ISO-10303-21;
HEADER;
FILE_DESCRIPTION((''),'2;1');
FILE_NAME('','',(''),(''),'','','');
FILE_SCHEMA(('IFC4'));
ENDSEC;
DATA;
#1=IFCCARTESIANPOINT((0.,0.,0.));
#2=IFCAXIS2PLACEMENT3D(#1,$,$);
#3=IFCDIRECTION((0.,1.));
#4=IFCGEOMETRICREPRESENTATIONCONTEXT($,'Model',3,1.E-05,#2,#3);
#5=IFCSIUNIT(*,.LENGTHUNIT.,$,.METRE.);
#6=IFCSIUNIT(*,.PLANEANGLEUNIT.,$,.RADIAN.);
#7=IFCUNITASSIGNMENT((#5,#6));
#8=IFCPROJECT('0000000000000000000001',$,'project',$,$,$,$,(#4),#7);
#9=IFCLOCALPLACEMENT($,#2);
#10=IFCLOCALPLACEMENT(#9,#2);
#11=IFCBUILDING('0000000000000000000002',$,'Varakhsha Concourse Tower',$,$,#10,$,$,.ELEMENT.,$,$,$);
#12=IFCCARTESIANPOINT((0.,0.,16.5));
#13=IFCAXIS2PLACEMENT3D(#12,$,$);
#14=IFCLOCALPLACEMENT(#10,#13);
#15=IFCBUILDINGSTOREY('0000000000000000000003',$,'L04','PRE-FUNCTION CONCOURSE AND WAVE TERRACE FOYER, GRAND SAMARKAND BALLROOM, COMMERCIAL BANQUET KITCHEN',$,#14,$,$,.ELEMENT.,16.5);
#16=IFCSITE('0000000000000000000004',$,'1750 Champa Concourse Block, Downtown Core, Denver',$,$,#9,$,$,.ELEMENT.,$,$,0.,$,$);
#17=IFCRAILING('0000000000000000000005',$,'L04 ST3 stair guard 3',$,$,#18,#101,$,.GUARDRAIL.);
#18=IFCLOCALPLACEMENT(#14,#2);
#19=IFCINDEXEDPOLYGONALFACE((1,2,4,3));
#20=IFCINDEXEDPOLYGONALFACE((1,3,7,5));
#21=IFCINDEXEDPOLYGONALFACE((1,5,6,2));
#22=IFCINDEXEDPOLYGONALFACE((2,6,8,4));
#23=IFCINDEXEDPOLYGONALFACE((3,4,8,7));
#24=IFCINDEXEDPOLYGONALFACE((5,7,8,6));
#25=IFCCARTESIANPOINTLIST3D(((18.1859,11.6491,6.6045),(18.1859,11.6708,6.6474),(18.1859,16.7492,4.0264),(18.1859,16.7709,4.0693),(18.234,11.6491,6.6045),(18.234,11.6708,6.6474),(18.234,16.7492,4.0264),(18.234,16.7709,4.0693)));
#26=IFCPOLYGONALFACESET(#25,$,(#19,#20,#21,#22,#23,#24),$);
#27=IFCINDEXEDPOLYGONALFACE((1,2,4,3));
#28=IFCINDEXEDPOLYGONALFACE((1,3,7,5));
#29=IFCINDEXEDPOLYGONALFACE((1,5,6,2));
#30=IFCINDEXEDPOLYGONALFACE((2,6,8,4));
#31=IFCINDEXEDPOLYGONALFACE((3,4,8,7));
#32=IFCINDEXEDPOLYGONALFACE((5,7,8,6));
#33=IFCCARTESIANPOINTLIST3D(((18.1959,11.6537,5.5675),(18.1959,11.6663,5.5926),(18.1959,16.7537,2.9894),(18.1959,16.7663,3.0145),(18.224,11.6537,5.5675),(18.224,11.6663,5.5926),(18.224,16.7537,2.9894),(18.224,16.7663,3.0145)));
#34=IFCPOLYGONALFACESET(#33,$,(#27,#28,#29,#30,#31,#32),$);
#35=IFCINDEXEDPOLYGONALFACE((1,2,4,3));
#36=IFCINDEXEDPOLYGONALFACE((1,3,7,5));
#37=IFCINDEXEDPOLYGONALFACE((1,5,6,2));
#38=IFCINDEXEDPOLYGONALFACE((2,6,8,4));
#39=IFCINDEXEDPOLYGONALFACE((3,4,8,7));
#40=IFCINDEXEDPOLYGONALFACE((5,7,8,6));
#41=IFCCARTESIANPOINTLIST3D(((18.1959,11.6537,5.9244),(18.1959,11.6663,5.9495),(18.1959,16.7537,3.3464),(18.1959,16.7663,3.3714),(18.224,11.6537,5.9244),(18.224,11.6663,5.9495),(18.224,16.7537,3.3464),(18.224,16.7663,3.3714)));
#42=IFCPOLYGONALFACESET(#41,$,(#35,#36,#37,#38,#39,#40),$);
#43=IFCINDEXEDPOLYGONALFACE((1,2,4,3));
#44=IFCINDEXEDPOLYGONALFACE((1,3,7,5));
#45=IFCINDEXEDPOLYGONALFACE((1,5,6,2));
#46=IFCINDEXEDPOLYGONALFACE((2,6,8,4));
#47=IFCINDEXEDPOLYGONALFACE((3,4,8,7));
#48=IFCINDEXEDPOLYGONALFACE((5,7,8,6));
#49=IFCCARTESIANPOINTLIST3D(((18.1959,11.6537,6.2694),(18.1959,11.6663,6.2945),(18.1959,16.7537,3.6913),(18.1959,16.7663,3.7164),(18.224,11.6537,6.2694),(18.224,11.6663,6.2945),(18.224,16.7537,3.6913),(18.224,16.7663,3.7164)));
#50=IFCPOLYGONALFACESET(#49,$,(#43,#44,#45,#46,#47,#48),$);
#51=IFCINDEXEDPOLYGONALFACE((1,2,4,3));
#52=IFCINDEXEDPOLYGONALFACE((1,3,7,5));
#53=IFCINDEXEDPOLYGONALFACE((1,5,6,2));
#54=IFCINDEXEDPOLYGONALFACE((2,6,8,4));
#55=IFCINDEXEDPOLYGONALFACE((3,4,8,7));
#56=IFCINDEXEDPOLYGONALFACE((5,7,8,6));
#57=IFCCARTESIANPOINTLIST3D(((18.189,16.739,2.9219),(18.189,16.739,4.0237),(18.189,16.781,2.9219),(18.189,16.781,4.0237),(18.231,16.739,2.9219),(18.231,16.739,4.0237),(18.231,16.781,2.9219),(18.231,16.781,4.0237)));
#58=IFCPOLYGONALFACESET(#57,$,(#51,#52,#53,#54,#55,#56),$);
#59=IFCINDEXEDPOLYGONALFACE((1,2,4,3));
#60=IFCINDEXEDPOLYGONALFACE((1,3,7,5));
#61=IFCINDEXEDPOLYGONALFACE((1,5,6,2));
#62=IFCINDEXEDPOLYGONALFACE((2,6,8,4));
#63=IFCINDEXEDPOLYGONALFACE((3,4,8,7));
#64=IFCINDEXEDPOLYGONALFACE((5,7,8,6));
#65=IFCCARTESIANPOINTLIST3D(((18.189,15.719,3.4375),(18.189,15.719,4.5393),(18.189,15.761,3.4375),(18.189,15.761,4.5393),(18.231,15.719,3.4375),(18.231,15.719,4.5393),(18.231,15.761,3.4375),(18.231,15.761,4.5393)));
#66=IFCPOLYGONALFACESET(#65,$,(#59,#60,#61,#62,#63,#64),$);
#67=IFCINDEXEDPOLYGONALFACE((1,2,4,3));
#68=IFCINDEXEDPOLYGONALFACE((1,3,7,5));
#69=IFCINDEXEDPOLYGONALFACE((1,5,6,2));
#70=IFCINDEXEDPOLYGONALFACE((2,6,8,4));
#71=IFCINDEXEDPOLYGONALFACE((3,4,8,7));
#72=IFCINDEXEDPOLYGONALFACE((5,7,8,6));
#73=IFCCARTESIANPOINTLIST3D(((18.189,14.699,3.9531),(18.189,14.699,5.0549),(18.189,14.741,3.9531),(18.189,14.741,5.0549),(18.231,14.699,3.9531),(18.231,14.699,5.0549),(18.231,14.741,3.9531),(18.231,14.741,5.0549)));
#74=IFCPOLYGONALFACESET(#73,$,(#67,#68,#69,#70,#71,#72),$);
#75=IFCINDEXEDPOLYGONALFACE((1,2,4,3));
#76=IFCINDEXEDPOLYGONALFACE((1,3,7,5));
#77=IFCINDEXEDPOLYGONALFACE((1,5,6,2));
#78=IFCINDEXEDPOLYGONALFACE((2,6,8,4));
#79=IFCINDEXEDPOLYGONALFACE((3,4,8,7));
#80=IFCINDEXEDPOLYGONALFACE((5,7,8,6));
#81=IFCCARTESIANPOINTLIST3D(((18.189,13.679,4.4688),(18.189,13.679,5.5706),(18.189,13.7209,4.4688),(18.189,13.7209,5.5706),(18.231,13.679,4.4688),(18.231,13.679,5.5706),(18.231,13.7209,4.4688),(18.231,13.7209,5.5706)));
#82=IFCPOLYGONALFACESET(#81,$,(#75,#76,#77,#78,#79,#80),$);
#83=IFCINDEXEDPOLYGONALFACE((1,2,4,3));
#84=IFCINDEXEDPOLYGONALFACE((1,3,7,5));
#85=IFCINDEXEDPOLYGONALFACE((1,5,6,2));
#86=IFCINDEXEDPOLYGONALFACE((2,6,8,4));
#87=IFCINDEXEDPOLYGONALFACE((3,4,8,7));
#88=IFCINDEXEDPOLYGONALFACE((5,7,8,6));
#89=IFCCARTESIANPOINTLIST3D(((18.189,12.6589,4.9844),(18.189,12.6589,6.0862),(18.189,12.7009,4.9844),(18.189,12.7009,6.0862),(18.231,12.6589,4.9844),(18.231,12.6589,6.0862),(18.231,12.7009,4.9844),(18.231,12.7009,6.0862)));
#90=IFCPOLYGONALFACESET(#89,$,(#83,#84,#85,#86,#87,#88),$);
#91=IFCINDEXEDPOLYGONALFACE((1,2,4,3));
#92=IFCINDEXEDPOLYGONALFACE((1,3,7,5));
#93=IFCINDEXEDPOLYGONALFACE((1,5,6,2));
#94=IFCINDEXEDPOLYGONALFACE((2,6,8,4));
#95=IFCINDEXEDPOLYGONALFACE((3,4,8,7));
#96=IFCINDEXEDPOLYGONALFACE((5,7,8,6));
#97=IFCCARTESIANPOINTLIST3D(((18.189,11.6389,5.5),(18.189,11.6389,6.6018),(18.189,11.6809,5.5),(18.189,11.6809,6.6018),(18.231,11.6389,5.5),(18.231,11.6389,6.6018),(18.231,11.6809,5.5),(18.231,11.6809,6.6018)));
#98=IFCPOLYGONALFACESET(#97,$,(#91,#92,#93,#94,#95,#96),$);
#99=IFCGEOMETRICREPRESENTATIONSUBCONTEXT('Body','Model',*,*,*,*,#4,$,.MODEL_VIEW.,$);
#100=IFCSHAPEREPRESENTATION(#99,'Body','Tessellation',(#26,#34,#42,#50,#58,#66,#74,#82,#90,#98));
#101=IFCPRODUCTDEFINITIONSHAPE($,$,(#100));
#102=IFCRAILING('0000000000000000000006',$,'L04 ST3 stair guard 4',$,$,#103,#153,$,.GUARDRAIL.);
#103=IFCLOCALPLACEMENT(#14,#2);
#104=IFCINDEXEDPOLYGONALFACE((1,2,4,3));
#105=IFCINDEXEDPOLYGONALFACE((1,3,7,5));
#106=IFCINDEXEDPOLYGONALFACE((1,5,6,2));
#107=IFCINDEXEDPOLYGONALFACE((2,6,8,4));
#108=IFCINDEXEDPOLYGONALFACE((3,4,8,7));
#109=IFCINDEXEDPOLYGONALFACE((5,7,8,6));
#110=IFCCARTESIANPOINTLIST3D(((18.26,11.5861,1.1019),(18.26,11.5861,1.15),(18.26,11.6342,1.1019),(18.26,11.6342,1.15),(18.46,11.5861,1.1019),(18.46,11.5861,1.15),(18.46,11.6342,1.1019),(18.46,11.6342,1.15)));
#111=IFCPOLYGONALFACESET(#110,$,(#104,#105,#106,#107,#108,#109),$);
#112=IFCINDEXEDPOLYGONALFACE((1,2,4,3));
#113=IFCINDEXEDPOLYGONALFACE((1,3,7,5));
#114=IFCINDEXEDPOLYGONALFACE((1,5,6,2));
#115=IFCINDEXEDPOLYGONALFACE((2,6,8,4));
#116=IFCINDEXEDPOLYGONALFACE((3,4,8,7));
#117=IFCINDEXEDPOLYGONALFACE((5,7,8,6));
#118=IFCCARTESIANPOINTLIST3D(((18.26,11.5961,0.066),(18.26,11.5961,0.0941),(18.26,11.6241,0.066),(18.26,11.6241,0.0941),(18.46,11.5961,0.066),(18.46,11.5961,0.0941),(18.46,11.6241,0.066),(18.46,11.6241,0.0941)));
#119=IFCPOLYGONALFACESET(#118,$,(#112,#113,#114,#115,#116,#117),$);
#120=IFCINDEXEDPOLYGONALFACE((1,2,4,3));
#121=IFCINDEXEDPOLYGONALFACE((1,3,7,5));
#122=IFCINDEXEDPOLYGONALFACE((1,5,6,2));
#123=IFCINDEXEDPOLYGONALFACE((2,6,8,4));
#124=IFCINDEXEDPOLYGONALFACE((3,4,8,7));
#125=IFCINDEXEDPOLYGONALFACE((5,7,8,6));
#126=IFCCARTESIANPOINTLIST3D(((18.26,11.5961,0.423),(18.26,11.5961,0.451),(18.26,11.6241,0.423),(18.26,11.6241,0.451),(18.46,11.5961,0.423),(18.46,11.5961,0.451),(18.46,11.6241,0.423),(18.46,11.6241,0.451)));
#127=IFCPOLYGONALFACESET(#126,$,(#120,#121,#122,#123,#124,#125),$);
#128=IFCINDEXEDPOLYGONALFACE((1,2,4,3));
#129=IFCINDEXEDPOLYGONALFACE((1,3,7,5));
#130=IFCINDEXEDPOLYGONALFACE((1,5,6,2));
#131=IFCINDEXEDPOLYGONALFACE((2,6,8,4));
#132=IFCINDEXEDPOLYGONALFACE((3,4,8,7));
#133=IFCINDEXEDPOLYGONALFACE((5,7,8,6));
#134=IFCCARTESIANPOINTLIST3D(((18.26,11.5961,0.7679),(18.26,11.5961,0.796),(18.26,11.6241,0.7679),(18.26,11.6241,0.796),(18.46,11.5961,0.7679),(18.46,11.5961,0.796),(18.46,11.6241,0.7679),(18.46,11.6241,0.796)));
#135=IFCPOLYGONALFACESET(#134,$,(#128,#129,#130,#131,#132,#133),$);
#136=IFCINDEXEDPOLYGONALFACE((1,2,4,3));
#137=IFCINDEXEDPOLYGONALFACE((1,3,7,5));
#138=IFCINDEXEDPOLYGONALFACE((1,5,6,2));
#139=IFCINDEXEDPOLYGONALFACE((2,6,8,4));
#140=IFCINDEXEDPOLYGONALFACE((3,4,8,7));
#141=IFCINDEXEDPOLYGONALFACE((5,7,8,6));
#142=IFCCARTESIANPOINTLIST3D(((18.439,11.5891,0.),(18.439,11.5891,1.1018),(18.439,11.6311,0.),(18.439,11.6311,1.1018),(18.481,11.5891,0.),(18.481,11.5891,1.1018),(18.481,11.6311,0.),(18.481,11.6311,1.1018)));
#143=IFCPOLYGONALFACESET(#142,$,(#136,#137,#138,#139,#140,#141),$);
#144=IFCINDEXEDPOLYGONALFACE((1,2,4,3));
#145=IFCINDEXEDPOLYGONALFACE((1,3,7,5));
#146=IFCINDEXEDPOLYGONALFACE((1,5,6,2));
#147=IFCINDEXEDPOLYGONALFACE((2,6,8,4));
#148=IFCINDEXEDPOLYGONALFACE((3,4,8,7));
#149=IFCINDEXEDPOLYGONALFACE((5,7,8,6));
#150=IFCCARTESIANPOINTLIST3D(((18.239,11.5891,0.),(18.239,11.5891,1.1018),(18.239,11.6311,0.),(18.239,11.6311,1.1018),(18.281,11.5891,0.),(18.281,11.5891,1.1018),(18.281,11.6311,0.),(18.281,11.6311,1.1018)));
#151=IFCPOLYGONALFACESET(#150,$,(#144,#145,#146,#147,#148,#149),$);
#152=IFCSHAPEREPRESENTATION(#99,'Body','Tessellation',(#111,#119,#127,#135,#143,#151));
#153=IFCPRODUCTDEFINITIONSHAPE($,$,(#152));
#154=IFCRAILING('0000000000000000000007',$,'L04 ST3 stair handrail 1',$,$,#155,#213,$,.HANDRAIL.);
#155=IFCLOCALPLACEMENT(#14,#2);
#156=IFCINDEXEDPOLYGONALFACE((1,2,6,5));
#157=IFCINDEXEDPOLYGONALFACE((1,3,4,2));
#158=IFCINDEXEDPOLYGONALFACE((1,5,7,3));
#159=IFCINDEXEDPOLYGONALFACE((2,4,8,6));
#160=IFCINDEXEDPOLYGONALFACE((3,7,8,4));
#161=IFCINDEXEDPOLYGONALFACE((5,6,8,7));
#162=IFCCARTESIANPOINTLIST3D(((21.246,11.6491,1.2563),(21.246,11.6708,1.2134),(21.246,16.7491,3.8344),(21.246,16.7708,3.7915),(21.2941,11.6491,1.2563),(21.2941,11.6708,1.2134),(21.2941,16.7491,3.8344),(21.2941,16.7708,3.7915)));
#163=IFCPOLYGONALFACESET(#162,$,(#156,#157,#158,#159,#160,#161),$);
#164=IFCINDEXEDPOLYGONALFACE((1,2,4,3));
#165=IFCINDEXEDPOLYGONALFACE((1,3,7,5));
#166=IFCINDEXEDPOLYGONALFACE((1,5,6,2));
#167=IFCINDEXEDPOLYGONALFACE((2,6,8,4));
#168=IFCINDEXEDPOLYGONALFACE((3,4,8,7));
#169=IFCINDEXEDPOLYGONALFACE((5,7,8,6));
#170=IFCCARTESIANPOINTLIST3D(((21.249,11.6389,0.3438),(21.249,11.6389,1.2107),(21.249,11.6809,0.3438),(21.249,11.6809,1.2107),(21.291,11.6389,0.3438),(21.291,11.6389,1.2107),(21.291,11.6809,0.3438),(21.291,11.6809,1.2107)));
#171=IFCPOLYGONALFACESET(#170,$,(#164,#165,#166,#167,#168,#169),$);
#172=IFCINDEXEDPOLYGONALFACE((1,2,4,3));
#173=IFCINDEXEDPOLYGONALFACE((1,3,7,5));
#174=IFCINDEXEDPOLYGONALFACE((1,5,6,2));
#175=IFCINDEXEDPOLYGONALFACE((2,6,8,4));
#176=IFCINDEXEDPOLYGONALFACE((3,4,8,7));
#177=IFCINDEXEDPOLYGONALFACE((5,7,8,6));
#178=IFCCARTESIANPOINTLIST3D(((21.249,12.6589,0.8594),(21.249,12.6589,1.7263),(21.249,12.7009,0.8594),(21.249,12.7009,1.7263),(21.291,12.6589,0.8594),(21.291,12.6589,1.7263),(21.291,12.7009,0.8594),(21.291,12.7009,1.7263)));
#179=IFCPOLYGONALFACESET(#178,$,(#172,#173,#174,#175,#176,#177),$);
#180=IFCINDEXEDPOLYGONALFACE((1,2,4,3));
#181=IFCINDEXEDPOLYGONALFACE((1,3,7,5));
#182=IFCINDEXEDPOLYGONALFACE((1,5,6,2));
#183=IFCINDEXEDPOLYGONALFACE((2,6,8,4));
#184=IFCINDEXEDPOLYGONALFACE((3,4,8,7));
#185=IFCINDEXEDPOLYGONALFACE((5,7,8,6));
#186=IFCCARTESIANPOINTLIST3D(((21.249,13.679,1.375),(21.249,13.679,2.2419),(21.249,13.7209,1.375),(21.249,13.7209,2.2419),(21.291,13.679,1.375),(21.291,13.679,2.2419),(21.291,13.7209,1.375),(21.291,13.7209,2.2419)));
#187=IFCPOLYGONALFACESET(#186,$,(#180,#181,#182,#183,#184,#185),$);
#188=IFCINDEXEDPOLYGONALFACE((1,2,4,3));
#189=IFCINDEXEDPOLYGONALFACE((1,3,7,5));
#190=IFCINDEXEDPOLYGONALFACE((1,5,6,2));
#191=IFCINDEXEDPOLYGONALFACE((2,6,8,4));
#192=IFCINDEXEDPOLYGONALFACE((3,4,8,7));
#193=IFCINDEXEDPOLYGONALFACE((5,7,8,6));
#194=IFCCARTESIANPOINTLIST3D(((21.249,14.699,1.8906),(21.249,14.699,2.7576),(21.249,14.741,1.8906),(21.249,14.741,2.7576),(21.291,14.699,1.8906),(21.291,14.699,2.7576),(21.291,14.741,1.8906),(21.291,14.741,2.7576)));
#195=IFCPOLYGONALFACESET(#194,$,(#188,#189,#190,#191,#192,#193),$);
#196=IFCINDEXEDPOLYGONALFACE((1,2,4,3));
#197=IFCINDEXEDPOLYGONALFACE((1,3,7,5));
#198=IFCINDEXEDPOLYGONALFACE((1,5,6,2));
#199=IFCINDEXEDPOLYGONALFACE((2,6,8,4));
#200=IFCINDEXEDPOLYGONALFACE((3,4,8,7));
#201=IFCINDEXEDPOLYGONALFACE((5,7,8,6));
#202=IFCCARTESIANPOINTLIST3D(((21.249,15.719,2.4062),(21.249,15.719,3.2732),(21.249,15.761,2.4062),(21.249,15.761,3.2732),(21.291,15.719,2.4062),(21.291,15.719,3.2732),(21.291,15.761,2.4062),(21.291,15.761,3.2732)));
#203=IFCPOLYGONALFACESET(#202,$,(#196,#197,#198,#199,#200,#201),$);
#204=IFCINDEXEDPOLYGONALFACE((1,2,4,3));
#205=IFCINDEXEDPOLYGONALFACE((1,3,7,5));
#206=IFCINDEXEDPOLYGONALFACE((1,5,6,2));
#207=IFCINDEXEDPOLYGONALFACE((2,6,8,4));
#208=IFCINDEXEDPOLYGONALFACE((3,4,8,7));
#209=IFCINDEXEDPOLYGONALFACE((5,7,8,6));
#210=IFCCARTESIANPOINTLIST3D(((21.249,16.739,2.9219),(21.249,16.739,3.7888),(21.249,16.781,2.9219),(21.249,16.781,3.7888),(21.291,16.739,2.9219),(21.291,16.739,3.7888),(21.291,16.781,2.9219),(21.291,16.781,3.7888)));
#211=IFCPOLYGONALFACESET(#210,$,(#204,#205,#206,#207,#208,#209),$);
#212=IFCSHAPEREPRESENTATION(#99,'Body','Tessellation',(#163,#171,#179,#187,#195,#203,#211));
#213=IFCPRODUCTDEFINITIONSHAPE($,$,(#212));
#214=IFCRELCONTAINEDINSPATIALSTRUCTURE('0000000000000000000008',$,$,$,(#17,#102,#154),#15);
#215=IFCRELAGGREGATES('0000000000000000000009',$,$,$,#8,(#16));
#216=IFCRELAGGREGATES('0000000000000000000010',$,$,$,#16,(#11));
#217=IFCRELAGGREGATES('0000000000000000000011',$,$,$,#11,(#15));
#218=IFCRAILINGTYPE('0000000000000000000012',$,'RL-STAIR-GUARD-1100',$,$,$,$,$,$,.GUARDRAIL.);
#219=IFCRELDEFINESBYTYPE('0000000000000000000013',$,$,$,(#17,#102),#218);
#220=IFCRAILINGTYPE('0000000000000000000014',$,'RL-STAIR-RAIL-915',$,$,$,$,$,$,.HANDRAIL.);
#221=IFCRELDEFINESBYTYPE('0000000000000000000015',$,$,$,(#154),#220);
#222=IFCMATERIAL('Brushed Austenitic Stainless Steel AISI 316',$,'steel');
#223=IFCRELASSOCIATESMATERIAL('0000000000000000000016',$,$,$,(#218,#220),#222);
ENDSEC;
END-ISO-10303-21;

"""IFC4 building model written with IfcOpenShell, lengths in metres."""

from ifc_helpers import new_model, si_unit, direction, frame, origin, origin_2d, place, context, subcontext, project, spatial, rectangle, extrude, material, type_object, element, save


model = new_model("IFC4")

# Units and contexts
model_context = context("Model", 3, precision=1e-05, world=origin(), true_north=direction((0.0, 1.0)))
body_context = subcontext(model_context, "Body", "Model", "MODEL_VIEW")
ifc_project = project(units=[si_unit("LENGTHUNIT", "METRE"), si_unit("PLANEANGLEUNIT", "RADIAN")], contexts=[model_context])

# Site, building, storey
site_placement = place(None, origin())
site = spatial("IfcSite", under=ifc_project, at=site_placement, Name="1750 Champa Concourse Block, Downtown Core, Denver", CompositionType="ELEMENT", RefElevation=0.0)
building_placement = place(site_placement, origin())
building = spatial("IfcBuilding", under=site, at=building_placement, Name="Varakhsha Concourse Tower", CompositionType="ELEMENT")
storey_placement = place(building_placement, frame((0.0, 0.0, 16.5)))
storey = spatial("IfcBuildingStorey", under=building, at=storey_placement, Name="L04", Description="PRE-FUNCTION CONCOURSE AND WAVE TERRACE FOYER, GRAND SAMARKAND BALLROOM, COMMERCIAL BANQUET KITCHEN", CompositionType="ELEMENT", Elevation=16.5)

# Railings
ifc_material_1 = material(Name="Brushed Austenitic Stainless Steel AISI 316", Category="steel")
railing_type_1 = type_object("IfcRailingType", Name="RL-STAIR-GUARD-1100", PredefinedType="GUARDRAIL", material=ifc_material_1)
railing_1_placement = place(storey_placement, frame((18.21, 16.76, 2.9219)))
element("IfcRailing", 1, at=railing_1_placement, inside=storey, type_object=railing_type_1, Name="L04 ST3 stair guard 3", PredefinedType="GUARDRAIL", context=body_context, shape_type="SweptSolid", body=[
    extrude(rectangle(XDim=0.0481, YDim=0.0481, at=origin_2d()), frame((0.0, 0.0, 1.126), z_axis=(0.0, -0.892453, 0.45114), x_axis=(1.0, 0.0, 0.0)), (0.0, 0.0, 1.0), 5.7146),
    extrude(rectangle(XDim=0.0281, YDim=0.0281, at=origin_2d()), frame((0.0, 0.0, 0.0801), z_axis=(0.0, -0.892453, 0.45114), x_axis=(1.0, 0.0, 0.0)), (0.0, 0.0, 1.0), 5.7146),
    extrude(rectangle(XDim=0.0281, YDim=0.0281, at=origin_2d()), frame((0.0, 0.0, 0.437), z_axis=(0.0, -0.892453, 0.45114), x_axis=(1.0, 0.0, 0.0)), (0.0, 0.0, 1.0), 5.7146),
    extrude(rectangle(XDim=0.0281, YDim=0.0281, at=origin_2d()), frame((0.0, 0.0, 0.782), z_axis=(0.0, -0.892453, 0.45114), x_axis=(1.0, 0.0, 0.0)), (0.0, 0.0, 1.0), 5.7146),
    extrude(rectangle(XDim=0.042, YDim=0.042, at=origin_2d()), origin(), (0.0, 0.0, 1.0), 1.1018),
    extrude(rectangle(XDim=0.042, YDim=0.042, at=origin_2d()), frame((0.0, -1.02, 0.5156)), (0.0, 0.0, 1.0), 1.1018),
    extrude(rectangle(XDim=0.042, YDim=0.042, at=origin_2d()), frame((0.0, -2.04, 1.0312)), (0.0, 0.0, 1.0), 1.1018),
    extrude(rectangle(XDim=0.042, YDim=0.042, at=origin_2d()), frame((0.0, -3.0601, 1.5469)), (0.0, 0.0, 1.0), 1.1018),
    extrude(rectangle(XDim=0.042, YDim=0.042, at=origin_2d()), frame((0.0, -4.0801, 2.0625)), (0.0, 0.0, 1.0), 1.1018),
    extrude(rectangle(XDim=0.042, YDim=0.042, at=origin_2d()), frame((0.0, -5.1001, 2.5781)), (0.0, 0.0, 1.0), 1.1018),
])
railing_2_placement = place(storey_placement, frame((18.46, 11.6101, 0.0)))
element("IfcRailing", 2, at=railing_2_placement, inside=storey, type_object=railing_type_1, Name="L04 ST3 stair guard 4", PredefinedType="GUARDRAIL", context=body_context, shape_type="SweptSolid", body=[
    extrude(rectangle(XDim=0.0481, YDim=0.0481, at=origin_2d()), frame((0.0, 0.0, 1.126), z_axis=(-1.0, 0.0, 0.0), x_axis=(0.0, -1.0, 0.0)), (0.0, 0.0, 1.0), 0.2),
    extrude(rectangle(XDim=0.0281, YDim=0.0281, at=origin_2d()), frame((0.0, 0.0, 0.0801), z_axis=(-1.0, 0.0, 0.0), x_axis=(0.0, -1.0, 0.0)), (0.0, 0.0, 1.0), 0.2),
    extrude(rectangle(XDim=0.0281, YDim=0.0281, at=origin_2d()), frame((0.0, 0.0, 0.437), z_axis=(-1.0, 0.0, 0.0), x_axis=(0.0, -1.0, 0.0)), (0.0, 0.0, 1.0), 0.2),
    extrude(rectangle(XDim=0.0281, YDim=0.0281, at=origin_2d()), frame((0.0, 0.0, 0.782), z_axis=(-1.0, 0.0, 0.0), x_axis=(0.0, -1.0, 0.0)), (0.0, 0.0, 1.0), 0.2),
    extrude(rectangle(XDim=0.042, YDim=0.042, at=origin_2d()), origin(), (0.0, 0.0, 1.0), 1.1018),
    extrude(rectangle(XDim=0.042, YDim=0.042, at=origin_2d()), frame((-0.2, 0.0, 0.0)), (0.0, 0.0, 1.0), 1.1018),
])
railing_type_2 = type_object("IfcRailingType", Name="RL-STAIR-RAIL-915", PredefinedType="HANDRAIL", material=ifc_material_1)
railing_3_placement = place(storey_placement, frame((21.27, 11.6599, 0.3438)))
element("IfcRailing", 3, at=railing_3_placement, inside=storey, type_object=railing_type_2, Name="L04 ST3 stair handrail 1", PredefinedType="HANDRAIL", context=body_context, shape_type="SweptSolid", body=[
    extrude(rectangle(XDim=0.0481, YDim=0.0481, at=origin_2d()), frame((0.0, 0.0, 0.8911), z_axis=(0.0, 0.892453, 0.45114), x_axis=(-1.0, 0.0, 0.0)), (0.0, 0.0, 1.0), 5.7146),
    extrude(rectangle(XDim=0.042, YDim=0.042, at=origin_2d()), origin(), (0.0, 0.0, 1.0), 0.8669),
    extrude(rectangle(XDim=0.042, YDim=0.042, at=origin_2d()), frame((0.0, 1.02, 0.5156)), (0.0, 0.0, 1.0), 0.8669),
    extrude(rectangle(XDim=0.042, YDim=0.042, at=origin_2d()), frame((0.0, 2.04, 1.0312)), (0.0, 0.0, 1.0), 0.8669),
    extrude(rectangle(XDim=0.042, YDim=0.042, at=origin_2d()), frame((0.0, 3.0601, 1.5469)), (0.0, 0.0, 1.0), 0.8669),
    extrude(rectangle(XDim=0.042, YDim=0.042, at=origin_2d()), frame((0.0, 4.0801, 2.0625)), (0.0, 0.0, 1.0), 0.8669),
    extrude(rectangle(XDim=0.042, YDim=0.042, at=origin_2d()), frame((0.0, 5.1001, 2.5781)), (0.0, 0.0, 1.0), 0.8669),
])

save(model, "model.ifc")
